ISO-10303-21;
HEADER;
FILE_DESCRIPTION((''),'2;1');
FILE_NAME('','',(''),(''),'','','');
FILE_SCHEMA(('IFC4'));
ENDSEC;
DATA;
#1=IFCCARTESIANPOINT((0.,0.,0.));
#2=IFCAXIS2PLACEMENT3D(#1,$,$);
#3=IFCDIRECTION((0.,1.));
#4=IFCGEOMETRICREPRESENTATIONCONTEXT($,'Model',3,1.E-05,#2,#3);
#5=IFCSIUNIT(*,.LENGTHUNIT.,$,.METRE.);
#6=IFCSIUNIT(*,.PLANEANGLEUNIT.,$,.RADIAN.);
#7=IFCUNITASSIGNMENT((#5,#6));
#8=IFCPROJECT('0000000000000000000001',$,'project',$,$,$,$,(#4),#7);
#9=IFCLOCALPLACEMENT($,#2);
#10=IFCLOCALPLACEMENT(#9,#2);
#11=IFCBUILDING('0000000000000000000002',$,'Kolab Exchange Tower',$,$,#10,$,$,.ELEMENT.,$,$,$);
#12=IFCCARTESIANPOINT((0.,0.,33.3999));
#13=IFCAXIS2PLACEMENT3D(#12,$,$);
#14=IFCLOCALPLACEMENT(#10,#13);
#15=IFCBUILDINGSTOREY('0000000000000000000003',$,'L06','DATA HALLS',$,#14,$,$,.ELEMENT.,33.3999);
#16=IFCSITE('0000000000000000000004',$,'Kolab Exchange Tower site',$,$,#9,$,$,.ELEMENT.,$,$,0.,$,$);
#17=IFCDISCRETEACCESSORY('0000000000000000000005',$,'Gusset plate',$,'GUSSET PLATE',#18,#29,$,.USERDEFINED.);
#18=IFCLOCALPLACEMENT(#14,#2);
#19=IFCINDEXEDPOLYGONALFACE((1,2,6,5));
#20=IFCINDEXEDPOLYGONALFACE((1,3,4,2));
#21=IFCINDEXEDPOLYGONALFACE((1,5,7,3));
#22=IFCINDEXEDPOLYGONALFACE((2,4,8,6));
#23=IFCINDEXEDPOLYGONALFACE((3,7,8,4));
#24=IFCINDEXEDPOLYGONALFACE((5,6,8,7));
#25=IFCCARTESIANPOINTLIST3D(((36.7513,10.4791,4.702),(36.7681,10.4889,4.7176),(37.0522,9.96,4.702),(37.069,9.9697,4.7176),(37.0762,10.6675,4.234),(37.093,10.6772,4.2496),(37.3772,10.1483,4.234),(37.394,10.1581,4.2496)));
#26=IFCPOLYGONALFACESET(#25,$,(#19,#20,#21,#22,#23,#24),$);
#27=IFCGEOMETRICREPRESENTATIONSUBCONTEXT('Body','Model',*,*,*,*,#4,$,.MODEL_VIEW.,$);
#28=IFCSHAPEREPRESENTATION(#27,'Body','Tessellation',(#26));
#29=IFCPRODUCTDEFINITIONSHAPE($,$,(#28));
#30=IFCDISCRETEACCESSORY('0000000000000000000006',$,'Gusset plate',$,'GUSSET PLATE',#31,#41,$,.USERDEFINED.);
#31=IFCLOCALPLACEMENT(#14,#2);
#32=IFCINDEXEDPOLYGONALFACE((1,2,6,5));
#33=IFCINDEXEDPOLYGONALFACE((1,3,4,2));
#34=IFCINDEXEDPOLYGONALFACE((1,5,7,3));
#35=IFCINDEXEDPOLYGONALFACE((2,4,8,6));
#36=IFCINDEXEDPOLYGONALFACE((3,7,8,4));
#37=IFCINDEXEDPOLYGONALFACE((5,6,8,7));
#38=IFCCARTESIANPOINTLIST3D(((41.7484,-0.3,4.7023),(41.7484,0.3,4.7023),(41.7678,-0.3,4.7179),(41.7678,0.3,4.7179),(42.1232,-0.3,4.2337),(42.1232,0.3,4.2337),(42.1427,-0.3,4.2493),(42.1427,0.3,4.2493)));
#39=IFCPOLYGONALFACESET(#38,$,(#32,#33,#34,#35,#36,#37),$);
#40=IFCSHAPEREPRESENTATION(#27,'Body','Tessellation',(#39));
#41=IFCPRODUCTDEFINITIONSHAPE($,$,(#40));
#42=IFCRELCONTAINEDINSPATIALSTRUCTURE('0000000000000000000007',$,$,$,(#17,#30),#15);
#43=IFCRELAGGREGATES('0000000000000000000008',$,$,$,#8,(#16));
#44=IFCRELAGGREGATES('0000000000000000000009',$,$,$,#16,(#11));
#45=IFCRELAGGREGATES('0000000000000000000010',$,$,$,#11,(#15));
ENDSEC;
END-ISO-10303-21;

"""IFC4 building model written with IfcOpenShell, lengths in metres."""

from ifc_helpers import new_model, si_unit, direction, frame, origin, origin_2d, place, context, subcontext, project, spatial, rectangle, extrude, element, save


model = new_model("IFC4")

# Units and contexts
model_context = context("Model", 3, precision=1e-05, world=origin(), true_north=direction((0.0, 1.0)))
body_context = subcontext(model_context, "Body", "Model", "MODEL_VIEW")
ifc_project = project(units=[si_unit("LENGTHUNIT", "METRE"), si_unit("PLANEANGLEUNIT", "RADIAN")], contexts=[model_context])

# Site, building, storey
site_placement = place(None, origin())
site = spatial("IfcSite", under=ifc_project, at=site_placement, Name="Kolab Exchange Tower site", CompositionType="ELEMENT", RefElevation=0.0)
building_placement = place(site_placement, origin())
building = spatial("IfcBuilding", under=site, at=building_placement, Name="Kolab Exchange Tower", CompositionType="ELEMENT")
storey_placement = place(building_placement, frame((0.0, 0.0, 33.3999)))
storey = spatial("IfcBuildingStorey", under=building, at=storey_placement, Name="L06", Description="DATA HALLS", CompositionType="ELEMENT", Elevation=33.3999)

# Discrete accessories
for number, where, z_axis, x_axis, name in (
    (1, (37.0642, 10.3137, 4.468), (0.674754, 0.391162, 0.625859), (-0.50153, 0.86514, 0.0), "Gusset plate"),
    (2, (41.9358, 0.0, 4.468), (0.780869, 0.0, 0.624695), (0.0, 1.0, 0.0), "Gusset plate"),
):
    element("IfcDiscreteAccessory", number, at=place(storey_placement, frame(where, z_axis=z_axis, x_axis=x_axis)), inside=storey, Name=name, ObjectType="GUSSET PLATE", PredefinedType="USERDEFINED", context=body_context, shape_type="SweptSolid", body=[
        extrude(rectangle(XDim=0.6001, YDim=0.6001, at=origin_2d()), origin(), (0.0, 0.0, 1.0), 0.0249),
    ])

save(model, "model.ifc")
